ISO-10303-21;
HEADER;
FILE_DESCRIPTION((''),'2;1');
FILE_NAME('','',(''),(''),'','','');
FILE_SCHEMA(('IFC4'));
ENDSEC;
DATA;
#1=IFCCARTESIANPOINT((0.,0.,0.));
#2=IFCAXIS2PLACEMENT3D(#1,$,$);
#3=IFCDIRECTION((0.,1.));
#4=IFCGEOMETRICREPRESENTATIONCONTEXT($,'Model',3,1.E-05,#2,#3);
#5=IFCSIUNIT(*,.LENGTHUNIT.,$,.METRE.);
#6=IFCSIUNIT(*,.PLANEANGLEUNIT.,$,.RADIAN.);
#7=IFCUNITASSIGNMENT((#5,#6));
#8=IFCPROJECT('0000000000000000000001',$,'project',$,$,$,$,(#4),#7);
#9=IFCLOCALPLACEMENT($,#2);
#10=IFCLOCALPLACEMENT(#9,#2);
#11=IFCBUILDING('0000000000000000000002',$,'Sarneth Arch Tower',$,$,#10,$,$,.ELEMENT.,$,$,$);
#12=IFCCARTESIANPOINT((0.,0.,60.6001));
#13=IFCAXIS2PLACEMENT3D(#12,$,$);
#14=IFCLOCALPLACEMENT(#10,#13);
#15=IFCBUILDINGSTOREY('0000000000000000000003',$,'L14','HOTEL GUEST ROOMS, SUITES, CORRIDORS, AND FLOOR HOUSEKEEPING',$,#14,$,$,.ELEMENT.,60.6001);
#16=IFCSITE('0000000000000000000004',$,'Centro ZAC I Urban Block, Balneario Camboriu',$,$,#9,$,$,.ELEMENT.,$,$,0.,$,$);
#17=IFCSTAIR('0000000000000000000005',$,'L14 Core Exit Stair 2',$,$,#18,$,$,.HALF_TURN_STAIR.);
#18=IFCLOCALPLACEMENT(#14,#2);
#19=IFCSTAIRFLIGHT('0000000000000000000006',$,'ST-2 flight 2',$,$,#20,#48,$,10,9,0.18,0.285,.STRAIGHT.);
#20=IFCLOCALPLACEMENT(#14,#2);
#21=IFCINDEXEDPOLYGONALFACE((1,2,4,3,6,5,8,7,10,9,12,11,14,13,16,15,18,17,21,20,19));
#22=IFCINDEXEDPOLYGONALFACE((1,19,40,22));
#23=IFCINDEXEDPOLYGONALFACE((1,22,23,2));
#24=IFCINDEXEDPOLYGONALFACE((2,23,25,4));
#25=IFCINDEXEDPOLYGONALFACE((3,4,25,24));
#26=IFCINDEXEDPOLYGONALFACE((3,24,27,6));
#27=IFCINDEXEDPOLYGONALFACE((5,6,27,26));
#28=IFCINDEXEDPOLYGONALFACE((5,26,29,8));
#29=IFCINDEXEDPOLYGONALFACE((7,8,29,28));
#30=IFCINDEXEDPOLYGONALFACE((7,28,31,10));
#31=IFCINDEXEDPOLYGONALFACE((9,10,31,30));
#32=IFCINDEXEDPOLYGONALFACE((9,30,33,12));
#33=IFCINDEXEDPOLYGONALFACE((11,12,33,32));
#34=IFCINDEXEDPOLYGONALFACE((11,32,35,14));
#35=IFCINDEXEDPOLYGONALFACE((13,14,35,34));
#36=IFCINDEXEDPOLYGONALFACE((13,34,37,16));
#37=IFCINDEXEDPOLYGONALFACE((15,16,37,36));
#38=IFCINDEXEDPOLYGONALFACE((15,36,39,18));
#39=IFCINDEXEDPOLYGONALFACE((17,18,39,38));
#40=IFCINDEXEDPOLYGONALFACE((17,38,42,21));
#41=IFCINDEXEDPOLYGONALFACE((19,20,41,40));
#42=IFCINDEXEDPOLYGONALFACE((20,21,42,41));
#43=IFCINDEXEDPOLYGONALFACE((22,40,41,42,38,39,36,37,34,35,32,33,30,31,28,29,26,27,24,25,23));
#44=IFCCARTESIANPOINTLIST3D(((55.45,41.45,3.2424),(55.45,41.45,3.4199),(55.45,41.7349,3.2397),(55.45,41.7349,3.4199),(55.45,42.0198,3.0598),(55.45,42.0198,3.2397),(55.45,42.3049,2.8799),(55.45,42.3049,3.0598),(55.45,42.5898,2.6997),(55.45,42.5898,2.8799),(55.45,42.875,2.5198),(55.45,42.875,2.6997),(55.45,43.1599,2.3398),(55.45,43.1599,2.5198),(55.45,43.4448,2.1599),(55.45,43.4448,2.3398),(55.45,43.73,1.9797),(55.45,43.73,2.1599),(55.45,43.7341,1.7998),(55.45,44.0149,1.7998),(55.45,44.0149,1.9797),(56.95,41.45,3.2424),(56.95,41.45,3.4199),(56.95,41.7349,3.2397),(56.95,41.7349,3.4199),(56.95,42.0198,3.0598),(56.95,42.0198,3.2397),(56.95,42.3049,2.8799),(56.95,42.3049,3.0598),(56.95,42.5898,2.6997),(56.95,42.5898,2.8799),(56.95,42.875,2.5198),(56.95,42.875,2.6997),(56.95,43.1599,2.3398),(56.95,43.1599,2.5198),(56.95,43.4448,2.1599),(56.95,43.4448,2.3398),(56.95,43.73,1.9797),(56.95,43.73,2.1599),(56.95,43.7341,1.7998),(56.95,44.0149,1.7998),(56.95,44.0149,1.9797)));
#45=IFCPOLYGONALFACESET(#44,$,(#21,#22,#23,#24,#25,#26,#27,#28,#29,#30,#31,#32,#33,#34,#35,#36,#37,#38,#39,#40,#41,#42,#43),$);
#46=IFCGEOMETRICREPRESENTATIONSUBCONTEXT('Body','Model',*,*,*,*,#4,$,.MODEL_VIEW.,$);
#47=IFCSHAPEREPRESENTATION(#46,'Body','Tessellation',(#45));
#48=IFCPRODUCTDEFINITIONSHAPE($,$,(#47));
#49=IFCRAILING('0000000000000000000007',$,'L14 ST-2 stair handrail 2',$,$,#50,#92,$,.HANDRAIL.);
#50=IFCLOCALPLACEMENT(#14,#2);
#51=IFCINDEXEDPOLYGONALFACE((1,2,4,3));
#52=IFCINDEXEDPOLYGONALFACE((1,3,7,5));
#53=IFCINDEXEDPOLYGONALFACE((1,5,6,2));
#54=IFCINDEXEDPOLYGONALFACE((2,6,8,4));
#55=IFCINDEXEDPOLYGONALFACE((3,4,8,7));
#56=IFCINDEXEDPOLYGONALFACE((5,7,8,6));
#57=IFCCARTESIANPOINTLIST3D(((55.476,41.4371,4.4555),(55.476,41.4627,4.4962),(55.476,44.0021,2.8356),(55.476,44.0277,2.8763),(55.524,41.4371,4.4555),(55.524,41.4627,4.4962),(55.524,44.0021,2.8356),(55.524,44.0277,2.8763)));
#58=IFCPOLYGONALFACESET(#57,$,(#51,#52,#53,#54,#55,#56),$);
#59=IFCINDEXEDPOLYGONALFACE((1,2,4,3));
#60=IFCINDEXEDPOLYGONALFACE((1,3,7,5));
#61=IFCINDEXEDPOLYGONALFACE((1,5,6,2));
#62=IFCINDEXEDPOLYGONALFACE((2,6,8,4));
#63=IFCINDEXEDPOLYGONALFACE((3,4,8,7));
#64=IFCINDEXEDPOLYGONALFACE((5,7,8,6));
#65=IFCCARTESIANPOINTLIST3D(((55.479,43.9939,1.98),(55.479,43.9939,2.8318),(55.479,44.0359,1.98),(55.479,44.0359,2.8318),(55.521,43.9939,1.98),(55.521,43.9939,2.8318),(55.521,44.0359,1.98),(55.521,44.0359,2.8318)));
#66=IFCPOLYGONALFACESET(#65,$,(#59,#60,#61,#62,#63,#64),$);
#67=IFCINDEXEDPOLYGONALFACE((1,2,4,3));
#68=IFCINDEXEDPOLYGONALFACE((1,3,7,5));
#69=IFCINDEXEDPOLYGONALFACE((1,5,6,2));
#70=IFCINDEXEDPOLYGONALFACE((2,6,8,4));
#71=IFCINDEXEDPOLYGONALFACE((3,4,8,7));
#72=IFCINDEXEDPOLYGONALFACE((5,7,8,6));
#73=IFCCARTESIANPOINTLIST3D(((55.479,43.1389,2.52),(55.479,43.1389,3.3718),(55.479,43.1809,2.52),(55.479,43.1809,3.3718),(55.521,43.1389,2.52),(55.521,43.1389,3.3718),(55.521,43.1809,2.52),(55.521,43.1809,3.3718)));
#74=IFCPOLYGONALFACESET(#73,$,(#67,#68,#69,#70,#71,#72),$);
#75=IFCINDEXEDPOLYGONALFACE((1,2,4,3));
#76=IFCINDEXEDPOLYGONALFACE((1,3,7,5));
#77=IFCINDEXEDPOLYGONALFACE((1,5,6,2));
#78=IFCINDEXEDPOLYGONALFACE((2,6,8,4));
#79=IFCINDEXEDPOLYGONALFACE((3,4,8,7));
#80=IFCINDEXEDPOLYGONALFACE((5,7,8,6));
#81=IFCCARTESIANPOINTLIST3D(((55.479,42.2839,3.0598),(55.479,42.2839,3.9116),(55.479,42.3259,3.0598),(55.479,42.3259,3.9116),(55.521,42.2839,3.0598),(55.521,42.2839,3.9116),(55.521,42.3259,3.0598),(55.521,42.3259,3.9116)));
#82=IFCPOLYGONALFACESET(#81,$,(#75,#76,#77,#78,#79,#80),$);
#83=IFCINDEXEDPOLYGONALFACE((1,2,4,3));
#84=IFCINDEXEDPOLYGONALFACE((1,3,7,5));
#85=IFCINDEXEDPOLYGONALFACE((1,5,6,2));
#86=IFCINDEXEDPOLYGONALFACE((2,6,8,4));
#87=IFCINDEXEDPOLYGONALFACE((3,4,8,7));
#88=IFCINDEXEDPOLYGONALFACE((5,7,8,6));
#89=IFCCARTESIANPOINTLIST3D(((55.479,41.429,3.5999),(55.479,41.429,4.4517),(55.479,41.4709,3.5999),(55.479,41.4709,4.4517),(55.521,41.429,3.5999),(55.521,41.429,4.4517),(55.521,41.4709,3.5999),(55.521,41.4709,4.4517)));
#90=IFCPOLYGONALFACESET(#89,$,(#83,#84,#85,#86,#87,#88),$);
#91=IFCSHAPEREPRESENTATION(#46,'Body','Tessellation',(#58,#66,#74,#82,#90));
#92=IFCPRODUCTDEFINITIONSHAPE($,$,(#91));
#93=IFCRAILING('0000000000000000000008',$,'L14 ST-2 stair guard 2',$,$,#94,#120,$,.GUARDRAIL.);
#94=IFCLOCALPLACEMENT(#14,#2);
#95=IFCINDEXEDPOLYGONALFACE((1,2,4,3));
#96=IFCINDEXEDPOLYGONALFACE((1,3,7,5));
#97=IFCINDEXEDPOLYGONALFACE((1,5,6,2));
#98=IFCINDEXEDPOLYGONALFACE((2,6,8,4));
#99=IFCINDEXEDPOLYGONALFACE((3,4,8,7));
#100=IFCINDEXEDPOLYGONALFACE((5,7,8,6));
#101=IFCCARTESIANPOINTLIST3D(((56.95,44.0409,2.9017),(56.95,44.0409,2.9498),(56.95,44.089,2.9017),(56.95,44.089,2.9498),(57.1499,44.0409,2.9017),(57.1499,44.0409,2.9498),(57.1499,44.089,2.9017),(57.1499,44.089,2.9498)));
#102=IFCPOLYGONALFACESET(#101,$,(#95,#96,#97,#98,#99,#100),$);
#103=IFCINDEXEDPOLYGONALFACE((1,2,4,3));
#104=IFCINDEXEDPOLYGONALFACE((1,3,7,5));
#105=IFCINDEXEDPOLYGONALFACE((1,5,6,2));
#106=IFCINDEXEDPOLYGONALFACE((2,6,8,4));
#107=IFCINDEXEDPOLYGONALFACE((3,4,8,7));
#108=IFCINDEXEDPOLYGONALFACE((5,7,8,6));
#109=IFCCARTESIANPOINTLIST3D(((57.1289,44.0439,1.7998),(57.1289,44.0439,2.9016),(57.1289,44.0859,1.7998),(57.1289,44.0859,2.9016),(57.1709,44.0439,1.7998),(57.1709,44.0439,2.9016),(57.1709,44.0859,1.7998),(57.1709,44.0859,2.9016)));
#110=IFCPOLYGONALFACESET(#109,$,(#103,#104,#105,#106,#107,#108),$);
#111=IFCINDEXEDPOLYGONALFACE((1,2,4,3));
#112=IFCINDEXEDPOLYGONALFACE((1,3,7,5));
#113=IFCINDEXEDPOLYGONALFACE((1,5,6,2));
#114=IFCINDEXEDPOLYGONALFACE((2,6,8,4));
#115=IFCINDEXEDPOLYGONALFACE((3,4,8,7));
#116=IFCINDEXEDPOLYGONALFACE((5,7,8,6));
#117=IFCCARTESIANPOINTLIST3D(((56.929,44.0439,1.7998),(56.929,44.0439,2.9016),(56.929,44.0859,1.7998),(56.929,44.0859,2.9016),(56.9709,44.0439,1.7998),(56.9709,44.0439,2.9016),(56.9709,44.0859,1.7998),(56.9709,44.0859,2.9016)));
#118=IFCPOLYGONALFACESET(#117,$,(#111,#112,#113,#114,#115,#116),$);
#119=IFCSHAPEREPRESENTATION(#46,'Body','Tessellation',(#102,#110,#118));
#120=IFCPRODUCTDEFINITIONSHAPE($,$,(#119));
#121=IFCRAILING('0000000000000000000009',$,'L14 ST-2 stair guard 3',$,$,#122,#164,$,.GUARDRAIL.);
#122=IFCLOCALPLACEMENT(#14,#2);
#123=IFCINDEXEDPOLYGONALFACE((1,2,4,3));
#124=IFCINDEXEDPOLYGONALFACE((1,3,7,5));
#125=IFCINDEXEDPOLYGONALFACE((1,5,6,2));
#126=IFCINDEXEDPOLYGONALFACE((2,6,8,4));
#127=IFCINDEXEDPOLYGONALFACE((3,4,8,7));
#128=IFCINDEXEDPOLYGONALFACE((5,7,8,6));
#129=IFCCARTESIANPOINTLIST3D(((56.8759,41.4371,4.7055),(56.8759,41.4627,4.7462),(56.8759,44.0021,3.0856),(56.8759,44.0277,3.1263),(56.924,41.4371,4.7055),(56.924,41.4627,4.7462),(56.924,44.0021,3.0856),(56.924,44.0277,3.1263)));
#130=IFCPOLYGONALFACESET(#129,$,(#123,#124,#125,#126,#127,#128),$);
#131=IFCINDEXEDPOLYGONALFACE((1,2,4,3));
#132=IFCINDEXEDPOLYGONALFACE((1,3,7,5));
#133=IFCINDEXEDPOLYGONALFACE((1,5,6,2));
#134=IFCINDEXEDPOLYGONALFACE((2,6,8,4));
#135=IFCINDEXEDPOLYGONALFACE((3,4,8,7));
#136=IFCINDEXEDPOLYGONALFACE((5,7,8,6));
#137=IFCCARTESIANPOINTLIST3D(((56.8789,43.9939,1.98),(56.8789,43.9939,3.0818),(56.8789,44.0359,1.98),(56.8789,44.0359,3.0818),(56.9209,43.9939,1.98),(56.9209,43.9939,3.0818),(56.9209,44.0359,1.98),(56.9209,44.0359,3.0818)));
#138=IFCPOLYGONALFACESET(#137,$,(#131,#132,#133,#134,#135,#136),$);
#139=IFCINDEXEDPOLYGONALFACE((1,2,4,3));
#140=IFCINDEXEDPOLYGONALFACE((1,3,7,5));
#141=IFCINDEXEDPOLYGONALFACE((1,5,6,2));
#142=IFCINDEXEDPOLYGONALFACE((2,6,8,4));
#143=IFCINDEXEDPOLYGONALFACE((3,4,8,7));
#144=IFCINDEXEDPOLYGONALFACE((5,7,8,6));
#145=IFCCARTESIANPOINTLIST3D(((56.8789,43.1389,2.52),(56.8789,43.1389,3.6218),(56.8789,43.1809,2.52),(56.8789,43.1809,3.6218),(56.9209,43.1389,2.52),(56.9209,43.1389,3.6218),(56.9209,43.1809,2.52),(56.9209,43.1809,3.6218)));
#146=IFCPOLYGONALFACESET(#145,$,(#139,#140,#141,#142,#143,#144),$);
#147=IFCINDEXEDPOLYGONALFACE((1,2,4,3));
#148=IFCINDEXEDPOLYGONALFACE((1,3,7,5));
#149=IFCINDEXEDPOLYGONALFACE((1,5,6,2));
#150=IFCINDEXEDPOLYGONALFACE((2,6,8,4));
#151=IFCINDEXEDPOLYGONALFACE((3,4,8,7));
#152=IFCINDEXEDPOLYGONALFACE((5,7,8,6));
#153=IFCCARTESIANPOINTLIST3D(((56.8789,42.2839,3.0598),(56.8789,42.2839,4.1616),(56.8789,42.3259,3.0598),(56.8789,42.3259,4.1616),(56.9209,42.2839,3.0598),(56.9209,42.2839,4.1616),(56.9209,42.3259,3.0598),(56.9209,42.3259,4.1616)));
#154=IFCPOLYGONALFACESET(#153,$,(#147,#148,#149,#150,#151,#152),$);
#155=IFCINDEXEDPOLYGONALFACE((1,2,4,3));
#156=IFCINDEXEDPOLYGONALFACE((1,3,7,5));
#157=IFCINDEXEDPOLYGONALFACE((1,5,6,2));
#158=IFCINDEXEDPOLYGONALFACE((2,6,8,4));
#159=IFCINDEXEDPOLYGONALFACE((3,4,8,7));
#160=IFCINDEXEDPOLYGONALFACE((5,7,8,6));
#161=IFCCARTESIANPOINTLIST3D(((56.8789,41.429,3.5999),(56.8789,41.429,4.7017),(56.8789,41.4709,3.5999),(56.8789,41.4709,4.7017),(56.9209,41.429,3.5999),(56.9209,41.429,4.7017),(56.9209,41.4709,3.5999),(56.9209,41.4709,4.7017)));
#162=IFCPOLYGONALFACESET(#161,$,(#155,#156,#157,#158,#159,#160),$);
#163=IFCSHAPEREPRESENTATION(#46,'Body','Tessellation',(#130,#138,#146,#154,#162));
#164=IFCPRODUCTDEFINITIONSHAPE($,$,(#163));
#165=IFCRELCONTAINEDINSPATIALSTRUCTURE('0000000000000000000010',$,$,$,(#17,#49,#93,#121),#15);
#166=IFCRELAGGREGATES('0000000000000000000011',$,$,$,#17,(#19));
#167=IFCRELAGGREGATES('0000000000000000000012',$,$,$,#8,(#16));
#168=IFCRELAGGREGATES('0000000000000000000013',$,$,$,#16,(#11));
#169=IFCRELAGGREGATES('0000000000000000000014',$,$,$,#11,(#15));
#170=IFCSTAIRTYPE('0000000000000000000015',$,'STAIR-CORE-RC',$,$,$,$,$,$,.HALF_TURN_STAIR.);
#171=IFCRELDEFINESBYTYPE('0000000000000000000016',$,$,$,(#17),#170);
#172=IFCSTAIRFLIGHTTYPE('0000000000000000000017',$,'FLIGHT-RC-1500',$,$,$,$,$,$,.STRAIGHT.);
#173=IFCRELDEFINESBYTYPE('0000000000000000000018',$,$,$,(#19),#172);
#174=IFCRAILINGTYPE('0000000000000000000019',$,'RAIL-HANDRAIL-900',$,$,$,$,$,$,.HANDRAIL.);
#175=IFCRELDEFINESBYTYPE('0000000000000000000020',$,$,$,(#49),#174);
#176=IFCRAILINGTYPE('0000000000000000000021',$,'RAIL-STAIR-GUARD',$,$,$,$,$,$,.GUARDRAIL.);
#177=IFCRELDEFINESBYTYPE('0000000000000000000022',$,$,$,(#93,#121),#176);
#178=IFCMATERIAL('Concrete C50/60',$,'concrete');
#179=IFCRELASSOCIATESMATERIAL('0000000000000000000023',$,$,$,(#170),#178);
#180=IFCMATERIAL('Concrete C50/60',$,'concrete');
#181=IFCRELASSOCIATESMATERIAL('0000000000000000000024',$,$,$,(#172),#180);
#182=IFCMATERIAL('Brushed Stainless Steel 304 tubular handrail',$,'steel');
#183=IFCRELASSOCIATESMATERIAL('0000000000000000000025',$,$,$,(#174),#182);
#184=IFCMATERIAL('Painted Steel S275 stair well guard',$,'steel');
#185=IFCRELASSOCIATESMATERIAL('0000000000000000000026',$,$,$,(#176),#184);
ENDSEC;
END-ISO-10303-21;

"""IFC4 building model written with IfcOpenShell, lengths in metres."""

from ifc_helpers import new_model, si_unit, direction, frame, origin, origin_2d, place, context, subcontext, project, spatial, polyline, rectangle, outline, extrude, material, type_object, element, aggregate, save


model = new_model("IFC4")

# Units and contexts
model_context = context("Model", 3, precision=1e-05, world=origin(), true_north=direction((0.0, 1.0)))
body_context = subcontext(model_context, "Body", "Model", "MODEL_VIEW")
ifc_project = project(units=[si_unit("LENGTHUNIT", "METRE"), si_unit("PLANEANGLEUNIT", "RADIAN")], contexts=[model_context])

# Site, building, storey
site_placement = place(None, origin())
site = spatial("IfcSite", under=ifc_project, at=site_placement, Name="Centro ZAC I Urban Block, Balneario Camboriu", CompositionType="ELEMENT", RefElevation=0.0)
building_placement = place(site_placement, origin())
building = spatial("IfcBuilding", under=site, at=building_placement, Name="Sarneth Arch Tower", CompositionType="ELEMENT")
storey_placement = place(building_placement, frame((0.0, 0.0, 60.6001)))
storey = spatial("IfcBuildingStorey", under=building, at=storey_placement, Name="L14", Description="HOTEL GUEST ROOMS, SUITES, CORRIDORS, AND FLOOR HOUSEKEEPING", CompositionType="ELEMENT", Elevation=60.6001)

# Stair, stair flight
ifc_material_1 = material(Name="Concrete C50/60", Category="concrete")
stair_type = type_object("IfcStairType", Name="STAIR-CORE-RC", PredefinedType="HALF_TURN_STAIR", material=ifc_material_1)
stair_placement = place(storey_placement, origin())
stair = element("IfcStair", 1, at=stair_placement, inside=storey, type_object=stair_type, Name="L14 Core Exit Stair 2", PredefinedType="HALF_TURN_STAIR")
ifc_material_2 = material(Name="Concrete C50/60", Category="concrete")
stair_flight_type = type_object("IfcStairFlightType", Name="FLIGHT-RC-1500", PredefinedType="STRAIGHT", material=ifc_material_2)
stair_flight_placement = place(storey_placement, frame((56.2, 44.0149, 1.7998), z_axis=(0.0, 0.0, 1.0), x_axis=(0.0, -1.0, 0.0)))
stair_flight = element("IfcStairFlight", 2, at=stair_flight_placement, type_object=stair_flight_type, Name="ST-2 flight 2", NumberOfRisers=10, NumberOfTreads=9, PredefinedType="STRAIGHT", RiserHeight=0.18, TreadLength=0.285, context=body_context, shape_type="SweptSolid", body=[
    extrude(outline(polyline([(0.0, 0.0), (0.0, 0.1799), (0.2849, 0.1799), (0.2849, 0.3601), (0.5701, 0.3601), (0.5701, 0.54), (0.855, 0.54), (0.855, 0.72), (1.1399, 0.72), (1.1399, 0.8999), (1.425, 0.8999), (1.425, 1.0801), (1.71, 1.0801), (1.71, 1.26), (1.9951, 1.26), (1.9951, 1.4399), (2.28, 1.4399), (2.28, 1.6201), (2.5649, 1.6201), (2.5649, 1.8), (2.5649, 1.4426), (0.2808, 0.0), (0.0, 0.0)])), frame((0.0, 0.75, 0.0), z_axis=(0.0, -1.0, 0.0), x_axis=(1.0, 0.0, 0.0)), (0.0, 0.0, 1.0), 1.5),
])
aggregate(stair, [stair_flight])

# Railings
ifc_material_3 = material(Name="Brushed Stainless Steel 304 tubular handrail", Category="steel")
railing_type_1 = type_object("IfcRailingType", Name="RAIL-HANDRAIL-900", PredefinedType="HANDRAIL", material=ifc_material_3)
railing_1_placement = place(storey_placement, frame((55.5, 44.0149, 1.98)))
element("IfcRailing", 3, at=railing_1_placement, inside=storey, type_object=railing_type_1, Name="L14 ST-2 stair handrail 2", PredefinedType="HANDRAIL", context=body_context, shape_type="SweptSolid", body=[
    extrude(rectangle(XDim=0.0481, YDim=0.0481, at=origin_2d()), frame((0.0, 0.0, 0.876), z_axis=(0.0, -0.845502, 0.533972), x_axis=(1.0, 0.0, 0.0)), (0.0, 0.0, 1.0), 3.0337),
    extrude(rectangle(XDim=0.042, YDim=0.042, at=origin_2d()), origin(), (0.0, 0.0, 1.0), 0.8518),
    extrude(rectangle(XDim=0.042, YDim=0.042, at=origin_2d()), frame((0.0, -0.855, 0.54)), (0.0, 0.0, 1.0), 0.8518),
    extrude(rectangle(XDim=0.042, YDim=0.042, at=origin_2d()), frame((0.0, -1.71, 1.0798)), (0.0, 0.0, 1.0), 0.8518),
    extrude(rectangle(XDim=0.042, YDim=0.042, at=origin_2d()), frame((0.0, -2.5649, 1.6199)), (0.0, 0.0, 1.0), 0.8518),
])
ifc_material_4 = material(Name="Painted Steel S275 stair well guard", Category="steel")
railing_type_2 = type_object("IfcRailingType", Name="RAIL-STAIR-GUARD", PredefinedType="GUARDRAIL", material=ifc_material_4)
railing_2_placement = place(storey_placement, frame((57.1499, 44.0649, 1.7998)))
element("IfcRailing", 4, at=railing_2_placement, inside=storey, type_object=railing_type_2, Name="L14 ST-2 stair guard 2", PredefinedType="GUARDRAIL", context=body_context, shape_type="SweptSolid", body=[
    extrude(rectangle(XDim=0.0481, YDim=0.0481, at=origin_2d()), frame((0.0, 0.0, 1.126), z_axis=(-1.0, 0.0, 0.0), x_axis=(0.0, -1.0, 0.0)), (0.0, 0.0, 1.0), 0.2),
    extrude(rectangle(XDim=0.042, YDim=0.042, at=origin_2d()), origin(), (0.0, 0.0, 1.0), 1.1018),
    extrude(rectangle(XDim=0.042, YDim=0.042, at=origin_2d()), frame((-0.2, 0.0, 0.0)), (0.0, 0.0, 1.0), 1.1018),
])
railing_3_placement = place(storey_placement, frame((56.8999, 44.0149, 1.98)))
element("IfcRailing", 5, at=railing_3_placement, inside=storey, type_object=railing_type_2, Name="L14 ST-2 stair guard 3", PredefinedType="GUARDRAIL", context=body_context, shape_type="SweptSolid", body=[
    extrude(rectangle(XDim=0.0481, YDim=0.0481, at=origin_2d()), frame((0.0, 0.0, 1.126), z_axis=(0.0, -0.845502, 0.533972), x_axis=(1.0, 0.0, 0.0)), (0.0, 0.0, 1.0), 3.0337),
    extrude(rectangle(XDim=0.042, YDim=0.042, at=origin_2d()), origin(), (0.0, 0.0, 1.0), 1.1018),
    extrude(rectangle(XDim=0.042, YDim=0.042, at=origin_2d()), frame((0.0, -0.855, 0.54)), (0.0, 0.0, 1.0), 1.1018),
    extrude(rectangle(XDim=0.042, YDim=0.042, at=origin_2d()), frame((0.0, -1.71, 1.0798)), (0.0, 0.0, 1.0), 1.1018),
    extrude(rectangle(XDim=0.042, YDim=0.042, at=origin_2d()), frame((0.0, -2.5649, 1.6199)), (0.0, 0.0, 1.0), 1.1018),
])

save(model, "model.ifc")
